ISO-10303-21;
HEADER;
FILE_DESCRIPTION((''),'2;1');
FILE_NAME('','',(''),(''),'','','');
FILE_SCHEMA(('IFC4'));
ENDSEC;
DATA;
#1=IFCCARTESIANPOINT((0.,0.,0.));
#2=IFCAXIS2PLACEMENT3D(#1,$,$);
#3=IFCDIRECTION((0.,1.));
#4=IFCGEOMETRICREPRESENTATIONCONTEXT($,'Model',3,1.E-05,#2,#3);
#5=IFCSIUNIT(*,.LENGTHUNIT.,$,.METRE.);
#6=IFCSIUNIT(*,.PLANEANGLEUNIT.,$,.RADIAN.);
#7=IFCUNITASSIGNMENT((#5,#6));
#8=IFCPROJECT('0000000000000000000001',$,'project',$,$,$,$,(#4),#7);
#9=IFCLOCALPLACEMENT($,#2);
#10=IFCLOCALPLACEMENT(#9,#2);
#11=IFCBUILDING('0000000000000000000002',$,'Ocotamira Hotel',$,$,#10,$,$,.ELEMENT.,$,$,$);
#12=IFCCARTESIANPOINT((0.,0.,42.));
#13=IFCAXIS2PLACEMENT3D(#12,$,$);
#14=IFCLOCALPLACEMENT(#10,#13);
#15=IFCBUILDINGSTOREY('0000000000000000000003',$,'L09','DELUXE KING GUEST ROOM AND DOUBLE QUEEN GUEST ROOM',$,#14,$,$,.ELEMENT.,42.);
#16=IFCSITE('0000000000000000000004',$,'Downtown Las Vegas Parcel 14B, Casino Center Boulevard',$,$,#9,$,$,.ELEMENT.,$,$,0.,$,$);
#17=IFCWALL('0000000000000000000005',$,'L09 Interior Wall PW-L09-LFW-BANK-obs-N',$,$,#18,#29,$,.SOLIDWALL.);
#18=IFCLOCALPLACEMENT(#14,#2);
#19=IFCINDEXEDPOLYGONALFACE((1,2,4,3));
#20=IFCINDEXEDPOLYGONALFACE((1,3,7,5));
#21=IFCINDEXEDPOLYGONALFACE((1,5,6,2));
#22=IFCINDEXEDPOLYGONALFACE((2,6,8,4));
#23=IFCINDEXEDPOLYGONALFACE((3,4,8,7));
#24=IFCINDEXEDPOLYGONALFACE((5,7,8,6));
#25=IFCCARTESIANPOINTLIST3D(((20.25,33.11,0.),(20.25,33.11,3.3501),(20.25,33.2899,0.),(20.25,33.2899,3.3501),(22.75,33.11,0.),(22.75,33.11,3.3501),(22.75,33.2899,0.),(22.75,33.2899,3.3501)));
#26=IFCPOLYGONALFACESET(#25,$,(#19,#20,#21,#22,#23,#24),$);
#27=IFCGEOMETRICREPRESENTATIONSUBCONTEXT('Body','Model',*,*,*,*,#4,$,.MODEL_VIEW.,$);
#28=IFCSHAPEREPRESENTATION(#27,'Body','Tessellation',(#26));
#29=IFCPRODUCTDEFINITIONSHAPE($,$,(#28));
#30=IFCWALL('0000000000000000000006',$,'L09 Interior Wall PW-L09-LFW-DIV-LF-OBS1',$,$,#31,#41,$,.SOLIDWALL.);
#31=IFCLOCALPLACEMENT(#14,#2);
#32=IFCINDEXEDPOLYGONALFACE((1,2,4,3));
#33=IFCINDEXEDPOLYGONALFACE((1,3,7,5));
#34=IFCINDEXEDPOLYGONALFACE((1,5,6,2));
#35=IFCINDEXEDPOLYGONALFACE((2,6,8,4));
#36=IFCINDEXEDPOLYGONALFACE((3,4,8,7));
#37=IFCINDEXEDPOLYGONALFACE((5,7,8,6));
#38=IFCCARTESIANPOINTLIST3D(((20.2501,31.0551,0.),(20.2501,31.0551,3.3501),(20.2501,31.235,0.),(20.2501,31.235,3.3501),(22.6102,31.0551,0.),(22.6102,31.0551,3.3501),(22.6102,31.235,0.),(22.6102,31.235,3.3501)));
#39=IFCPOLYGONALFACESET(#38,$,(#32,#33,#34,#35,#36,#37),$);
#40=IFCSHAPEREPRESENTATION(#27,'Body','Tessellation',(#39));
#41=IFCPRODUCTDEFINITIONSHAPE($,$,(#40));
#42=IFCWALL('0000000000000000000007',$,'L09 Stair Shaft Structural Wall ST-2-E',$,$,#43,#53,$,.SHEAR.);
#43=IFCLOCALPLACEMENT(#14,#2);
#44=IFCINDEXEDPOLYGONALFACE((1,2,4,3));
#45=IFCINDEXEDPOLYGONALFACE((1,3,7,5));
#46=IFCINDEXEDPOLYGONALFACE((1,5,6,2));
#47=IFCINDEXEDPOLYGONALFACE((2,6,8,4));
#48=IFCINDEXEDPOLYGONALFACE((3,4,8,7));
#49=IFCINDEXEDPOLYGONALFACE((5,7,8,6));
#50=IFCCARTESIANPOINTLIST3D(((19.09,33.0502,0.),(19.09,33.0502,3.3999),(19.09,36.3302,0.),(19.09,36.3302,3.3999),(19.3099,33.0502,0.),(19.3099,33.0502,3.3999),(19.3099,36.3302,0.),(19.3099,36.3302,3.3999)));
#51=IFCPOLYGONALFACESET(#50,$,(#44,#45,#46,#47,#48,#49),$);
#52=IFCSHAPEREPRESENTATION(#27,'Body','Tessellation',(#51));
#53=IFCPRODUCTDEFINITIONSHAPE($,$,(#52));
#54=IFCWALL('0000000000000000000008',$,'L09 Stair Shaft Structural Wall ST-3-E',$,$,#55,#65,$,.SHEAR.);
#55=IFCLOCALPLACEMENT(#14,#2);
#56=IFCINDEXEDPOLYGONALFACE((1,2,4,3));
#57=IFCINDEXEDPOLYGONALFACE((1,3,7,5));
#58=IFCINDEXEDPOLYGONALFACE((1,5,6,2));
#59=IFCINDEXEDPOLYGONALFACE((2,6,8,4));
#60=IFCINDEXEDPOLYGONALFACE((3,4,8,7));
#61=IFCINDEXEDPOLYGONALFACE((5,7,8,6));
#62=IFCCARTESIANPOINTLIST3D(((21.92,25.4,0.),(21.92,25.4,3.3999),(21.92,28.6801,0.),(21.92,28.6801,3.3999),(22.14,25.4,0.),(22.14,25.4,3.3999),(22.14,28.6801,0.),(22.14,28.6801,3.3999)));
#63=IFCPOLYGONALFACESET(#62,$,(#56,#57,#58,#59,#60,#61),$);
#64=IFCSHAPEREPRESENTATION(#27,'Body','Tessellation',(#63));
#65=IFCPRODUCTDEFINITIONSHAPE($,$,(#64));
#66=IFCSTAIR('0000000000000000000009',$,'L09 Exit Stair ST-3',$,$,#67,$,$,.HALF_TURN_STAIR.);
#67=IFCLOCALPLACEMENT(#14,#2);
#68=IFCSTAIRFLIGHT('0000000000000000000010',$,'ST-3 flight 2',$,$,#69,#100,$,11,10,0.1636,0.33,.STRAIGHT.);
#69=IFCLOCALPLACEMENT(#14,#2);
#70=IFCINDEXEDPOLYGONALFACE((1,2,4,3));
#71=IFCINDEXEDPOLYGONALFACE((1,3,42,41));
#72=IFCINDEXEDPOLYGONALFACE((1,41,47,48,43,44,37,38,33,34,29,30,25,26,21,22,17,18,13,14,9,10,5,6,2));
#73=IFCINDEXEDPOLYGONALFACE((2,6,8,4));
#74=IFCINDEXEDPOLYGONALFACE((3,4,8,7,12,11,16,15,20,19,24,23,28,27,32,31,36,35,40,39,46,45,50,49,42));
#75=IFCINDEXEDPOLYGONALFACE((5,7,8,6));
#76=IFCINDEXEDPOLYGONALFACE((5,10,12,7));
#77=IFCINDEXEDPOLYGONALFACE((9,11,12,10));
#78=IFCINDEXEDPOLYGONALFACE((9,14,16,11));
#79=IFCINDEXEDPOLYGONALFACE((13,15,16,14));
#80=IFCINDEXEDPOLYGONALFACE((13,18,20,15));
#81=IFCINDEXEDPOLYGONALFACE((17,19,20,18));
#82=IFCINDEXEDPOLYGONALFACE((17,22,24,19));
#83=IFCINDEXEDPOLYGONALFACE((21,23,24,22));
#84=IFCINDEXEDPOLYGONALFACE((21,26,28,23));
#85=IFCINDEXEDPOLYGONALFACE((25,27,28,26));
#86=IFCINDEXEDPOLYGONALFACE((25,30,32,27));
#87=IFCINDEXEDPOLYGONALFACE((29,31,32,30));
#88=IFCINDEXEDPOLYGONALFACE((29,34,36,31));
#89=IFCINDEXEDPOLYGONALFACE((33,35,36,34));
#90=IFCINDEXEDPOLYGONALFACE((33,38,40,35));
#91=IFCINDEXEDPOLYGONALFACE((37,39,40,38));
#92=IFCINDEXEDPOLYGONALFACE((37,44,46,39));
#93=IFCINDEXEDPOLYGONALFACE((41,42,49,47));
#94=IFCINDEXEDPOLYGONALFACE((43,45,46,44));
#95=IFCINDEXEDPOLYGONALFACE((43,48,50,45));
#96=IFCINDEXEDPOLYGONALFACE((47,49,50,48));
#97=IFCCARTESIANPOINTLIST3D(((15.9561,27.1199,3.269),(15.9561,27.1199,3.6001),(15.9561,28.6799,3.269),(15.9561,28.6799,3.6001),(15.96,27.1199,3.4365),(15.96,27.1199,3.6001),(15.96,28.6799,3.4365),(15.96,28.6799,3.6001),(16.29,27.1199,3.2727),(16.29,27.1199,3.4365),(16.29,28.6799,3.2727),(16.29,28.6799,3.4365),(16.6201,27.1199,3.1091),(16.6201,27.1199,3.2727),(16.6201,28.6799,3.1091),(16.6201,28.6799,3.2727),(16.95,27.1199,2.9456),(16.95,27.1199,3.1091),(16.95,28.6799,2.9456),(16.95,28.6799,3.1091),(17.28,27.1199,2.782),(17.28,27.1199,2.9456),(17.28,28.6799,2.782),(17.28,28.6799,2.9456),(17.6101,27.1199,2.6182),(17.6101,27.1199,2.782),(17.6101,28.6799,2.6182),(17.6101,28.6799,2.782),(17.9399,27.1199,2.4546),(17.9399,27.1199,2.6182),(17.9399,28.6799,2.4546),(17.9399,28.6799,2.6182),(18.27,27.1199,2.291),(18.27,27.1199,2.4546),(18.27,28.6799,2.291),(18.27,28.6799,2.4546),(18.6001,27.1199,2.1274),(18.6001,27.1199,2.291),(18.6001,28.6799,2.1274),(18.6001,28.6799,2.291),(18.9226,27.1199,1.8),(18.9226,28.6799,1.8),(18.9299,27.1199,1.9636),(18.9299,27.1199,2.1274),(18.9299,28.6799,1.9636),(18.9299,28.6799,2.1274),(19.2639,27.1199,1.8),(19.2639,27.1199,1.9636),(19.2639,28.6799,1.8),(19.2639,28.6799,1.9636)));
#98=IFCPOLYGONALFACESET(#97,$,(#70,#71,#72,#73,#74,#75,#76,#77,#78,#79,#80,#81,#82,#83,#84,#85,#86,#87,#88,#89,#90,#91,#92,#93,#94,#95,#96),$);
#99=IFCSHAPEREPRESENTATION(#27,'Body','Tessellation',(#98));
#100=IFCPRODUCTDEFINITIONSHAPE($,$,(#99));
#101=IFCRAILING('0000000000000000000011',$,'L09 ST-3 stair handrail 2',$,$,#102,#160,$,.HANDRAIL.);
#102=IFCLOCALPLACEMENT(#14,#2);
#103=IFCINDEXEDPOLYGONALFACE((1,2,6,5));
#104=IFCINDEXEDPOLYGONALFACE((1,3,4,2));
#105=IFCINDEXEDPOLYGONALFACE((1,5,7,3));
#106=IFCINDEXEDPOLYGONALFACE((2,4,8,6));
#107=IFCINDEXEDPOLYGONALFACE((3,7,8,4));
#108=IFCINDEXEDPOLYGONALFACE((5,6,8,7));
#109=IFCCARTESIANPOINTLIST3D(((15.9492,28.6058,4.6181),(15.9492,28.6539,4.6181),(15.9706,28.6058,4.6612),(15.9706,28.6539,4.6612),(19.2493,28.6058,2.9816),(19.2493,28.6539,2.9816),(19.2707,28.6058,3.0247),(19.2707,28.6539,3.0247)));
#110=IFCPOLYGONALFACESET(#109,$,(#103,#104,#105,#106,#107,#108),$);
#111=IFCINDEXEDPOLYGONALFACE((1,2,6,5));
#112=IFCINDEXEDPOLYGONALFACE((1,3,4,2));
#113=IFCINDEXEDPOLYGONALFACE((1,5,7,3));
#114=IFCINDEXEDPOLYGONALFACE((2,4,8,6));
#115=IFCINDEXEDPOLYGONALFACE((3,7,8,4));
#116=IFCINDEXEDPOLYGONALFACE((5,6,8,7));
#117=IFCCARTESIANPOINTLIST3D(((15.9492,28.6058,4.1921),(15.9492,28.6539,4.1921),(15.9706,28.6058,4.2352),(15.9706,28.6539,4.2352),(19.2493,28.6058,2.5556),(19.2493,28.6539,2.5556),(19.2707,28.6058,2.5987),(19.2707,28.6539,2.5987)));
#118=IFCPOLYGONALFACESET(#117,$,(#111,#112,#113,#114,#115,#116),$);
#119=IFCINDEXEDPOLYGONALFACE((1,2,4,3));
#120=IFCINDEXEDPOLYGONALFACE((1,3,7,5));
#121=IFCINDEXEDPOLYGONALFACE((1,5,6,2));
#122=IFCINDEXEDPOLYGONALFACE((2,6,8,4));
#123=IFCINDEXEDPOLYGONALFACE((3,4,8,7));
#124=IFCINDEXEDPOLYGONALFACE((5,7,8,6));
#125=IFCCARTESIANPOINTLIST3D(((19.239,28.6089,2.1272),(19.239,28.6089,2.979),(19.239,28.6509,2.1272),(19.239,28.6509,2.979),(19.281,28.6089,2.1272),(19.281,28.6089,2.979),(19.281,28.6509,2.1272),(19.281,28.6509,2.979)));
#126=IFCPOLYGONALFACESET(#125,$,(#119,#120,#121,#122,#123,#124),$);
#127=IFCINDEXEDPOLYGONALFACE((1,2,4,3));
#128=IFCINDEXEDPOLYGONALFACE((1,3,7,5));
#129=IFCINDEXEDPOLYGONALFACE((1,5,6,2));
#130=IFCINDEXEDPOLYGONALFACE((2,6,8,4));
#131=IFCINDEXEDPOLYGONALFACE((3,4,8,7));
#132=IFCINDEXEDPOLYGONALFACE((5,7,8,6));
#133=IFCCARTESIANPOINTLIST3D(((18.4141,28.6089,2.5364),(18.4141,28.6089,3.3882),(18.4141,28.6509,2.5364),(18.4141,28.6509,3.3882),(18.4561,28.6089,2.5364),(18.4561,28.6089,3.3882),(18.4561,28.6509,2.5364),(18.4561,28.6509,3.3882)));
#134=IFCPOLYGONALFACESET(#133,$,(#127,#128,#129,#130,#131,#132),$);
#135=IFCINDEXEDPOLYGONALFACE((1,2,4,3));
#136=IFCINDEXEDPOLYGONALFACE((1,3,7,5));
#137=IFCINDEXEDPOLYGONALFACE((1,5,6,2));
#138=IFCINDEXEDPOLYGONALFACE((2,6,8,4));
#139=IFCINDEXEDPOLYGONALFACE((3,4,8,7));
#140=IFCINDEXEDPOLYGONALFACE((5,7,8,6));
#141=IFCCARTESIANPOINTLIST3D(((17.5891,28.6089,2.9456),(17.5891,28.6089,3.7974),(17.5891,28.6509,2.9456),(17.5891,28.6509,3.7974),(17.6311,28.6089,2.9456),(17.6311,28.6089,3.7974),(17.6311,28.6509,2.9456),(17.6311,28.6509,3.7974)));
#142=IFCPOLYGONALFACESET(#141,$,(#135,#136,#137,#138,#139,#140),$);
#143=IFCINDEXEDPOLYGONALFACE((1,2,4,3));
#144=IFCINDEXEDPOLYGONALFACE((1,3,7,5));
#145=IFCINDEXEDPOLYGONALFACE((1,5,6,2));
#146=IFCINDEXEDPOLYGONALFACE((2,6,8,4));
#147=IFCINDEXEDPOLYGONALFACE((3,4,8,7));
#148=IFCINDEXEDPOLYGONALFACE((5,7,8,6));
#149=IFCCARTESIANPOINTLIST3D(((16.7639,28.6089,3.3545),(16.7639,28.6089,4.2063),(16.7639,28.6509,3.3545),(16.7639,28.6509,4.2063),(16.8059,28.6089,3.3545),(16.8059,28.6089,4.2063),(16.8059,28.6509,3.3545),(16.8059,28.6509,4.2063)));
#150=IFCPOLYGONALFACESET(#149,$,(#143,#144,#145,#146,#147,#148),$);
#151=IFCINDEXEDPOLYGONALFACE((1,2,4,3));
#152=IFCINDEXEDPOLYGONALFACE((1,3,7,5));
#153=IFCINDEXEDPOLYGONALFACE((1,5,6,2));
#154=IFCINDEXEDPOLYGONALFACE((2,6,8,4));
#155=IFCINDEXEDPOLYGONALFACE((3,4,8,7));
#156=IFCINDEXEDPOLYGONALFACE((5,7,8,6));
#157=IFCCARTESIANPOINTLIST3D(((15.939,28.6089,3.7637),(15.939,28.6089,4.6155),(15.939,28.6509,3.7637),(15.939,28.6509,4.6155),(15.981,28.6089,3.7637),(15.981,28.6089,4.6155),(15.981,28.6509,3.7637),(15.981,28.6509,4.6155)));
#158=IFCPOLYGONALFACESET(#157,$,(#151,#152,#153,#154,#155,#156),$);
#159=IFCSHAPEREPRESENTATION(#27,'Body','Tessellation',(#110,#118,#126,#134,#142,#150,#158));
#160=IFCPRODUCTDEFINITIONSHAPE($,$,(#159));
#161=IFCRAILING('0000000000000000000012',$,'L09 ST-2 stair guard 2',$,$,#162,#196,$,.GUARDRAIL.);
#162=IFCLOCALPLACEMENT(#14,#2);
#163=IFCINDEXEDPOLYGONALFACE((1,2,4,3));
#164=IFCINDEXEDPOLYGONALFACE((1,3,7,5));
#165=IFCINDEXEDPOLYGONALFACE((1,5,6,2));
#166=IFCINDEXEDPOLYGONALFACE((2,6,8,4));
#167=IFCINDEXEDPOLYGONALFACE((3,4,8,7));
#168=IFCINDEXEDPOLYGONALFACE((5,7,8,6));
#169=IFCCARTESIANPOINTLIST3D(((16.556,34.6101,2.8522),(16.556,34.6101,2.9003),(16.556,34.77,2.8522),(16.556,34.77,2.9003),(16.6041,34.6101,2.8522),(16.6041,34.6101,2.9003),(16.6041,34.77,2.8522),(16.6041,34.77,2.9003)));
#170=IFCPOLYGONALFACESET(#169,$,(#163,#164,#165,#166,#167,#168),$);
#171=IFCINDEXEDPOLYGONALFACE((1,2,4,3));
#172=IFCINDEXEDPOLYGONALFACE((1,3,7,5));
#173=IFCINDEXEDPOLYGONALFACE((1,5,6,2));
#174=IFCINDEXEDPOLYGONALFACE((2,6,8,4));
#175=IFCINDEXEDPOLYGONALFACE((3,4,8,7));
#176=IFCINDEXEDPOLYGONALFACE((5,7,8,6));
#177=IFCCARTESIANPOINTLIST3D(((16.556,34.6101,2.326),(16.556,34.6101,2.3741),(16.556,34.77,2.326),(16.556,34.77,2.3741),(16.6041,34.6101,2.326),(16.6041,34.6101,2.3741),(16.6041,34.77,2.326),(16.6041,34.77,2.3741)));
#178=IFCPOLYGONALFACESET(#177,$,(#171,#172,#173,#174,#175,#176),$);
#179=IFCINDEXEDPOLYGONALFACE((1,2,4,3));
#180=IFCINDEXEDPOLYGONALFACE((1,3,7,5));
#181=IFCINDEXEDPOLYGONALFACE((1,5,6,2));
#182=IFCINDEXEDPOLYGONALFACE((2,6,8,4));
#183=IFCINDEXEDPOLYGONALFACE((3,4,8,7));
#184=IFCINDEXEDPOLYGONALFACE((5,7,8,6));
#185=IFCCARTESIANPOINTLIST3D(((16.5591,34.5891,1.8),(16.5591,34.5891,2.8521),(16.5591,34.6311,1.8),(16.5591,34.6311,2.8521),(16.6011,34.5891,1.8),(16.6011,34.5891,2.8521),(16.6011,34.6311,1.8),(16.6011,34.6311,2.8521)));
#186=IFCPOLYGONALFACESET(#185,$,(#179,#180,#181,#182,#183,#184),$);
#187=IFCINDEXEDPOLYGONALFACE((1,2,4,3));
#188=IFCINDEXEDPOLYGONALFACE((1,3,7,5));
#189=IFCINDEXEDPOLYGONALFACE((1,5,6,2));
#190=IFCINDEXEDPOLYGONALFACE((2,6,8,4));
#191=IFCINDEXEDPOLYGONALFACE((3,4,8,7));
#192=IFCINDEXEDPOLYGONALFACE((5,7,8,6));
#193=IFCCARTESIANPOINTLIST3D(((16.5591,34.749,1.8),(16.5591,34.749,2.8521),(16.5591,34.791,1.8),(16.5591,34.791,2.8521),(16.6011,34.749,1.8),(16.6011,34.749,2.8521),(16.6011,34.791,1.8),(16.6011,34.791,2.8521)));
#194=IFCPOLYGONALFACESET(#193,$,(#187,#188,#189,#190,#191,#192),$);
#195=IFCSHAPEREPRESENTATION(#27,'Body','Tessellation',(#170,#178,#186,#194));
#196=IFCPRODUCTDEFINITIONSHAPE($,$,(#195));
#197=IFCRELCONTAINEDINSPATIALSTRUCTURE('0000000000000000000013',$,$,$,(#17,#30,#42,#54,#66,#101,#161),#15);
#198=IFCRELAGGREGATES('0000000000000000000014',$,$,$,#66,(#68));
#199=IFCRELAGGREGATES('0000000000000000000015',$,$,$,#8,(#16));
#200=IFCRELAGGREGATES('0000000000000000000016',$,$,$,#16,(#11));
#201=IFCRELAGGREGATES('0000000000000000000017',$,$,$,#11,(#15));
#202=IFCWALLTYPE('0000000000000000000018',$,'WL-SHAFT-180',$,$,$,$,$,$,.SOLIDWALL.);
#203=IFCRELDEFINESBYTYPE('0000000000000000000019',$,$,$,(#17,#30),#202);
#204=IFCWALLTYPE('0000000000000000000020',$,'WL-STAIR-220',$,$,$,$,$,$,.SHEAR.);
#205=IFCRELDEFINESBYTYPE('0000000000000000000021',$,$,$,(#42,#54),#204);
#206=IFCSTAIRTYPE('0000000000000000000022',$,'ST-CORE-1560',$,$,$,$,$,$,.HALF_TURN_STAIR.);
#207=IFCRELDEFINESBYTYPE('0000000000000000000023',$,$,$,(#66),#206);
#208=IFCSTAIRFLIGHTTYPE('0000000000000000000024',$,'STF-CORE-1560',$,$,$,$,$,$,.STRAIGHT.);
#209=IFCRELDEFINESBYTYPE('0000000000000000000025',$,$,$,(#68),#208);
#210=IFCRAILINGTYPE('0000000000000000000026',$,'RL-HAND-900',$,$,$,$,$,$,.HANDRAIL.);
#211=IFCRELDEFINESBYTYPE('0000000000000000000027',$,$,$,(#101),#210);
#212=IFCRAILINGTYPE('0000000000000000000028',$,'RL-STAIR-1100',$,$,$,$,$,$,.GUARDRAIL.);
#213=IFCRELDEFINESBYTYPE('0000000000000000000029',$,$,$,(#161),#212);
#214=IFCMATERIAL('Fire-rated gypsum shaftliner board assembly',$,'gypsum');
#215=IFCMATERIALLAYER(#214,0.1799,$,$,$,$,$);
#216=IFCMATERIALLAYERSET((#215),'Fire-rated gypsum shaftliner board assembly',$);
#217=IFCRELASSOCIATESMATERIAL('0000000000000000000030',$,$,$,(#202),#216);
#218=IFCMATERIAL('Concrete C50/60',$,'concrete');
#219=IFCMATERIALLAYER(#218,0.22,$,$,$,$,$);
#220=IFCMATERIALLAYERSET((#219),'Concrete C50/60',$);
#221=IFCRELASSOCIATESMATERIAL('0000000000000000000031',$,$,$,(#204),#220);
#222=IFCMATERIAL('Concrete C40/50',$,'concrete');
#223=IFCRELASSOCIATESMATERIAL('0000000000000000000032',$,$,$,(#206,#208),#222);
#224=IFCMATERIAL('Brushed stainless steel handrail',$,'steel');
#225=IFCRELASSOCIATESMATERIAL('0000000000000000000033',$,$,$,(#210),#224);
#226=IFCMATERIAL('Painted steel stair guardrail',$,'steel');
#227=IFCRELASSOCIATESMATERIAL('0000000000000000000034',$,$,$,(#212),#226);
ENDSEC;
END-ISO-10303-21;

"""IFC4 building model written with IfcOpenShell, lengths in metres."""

from ifc_helpers import new_model, si_unit, direction, frame, frame_2d, origin, origin_2d, place, context, subcontext, project, spatial, polyline, rectangle, outline, extrude, source, transform, mapped, material, layer, layer_set, type_object, element, aggregate, save


model = new_model("IFC4")

# Units and contexts
model_context = context("Model", 3, precision=1e-05, world=origin(), true_north=direction((0.0, 1.0)))
body_context = subcontext(model_context, "Body", "Model", "MODEL_VIEW")
ifc_project = project(units=[si_unit("LENGTHUNIT", "METRE"), si_unit("PLANEANGLEUNIT", "RADIAN")], contexts=[model_context])

# Site, building, storey
site_placement = place(None, origin())
site = spatial("IfcSite", under=ifc_project, at=site_placement, Name="Downtown Las Vegas Parcel 14B, Casino Center Boulevard", CompositionType="ELEMENT", RefElevation=0.0)
building_placement = place(site_placement, origin())
building = spatial("IfcBuilding", under=site, at=building_placement, Name="Ocotamira Hotel", CompositionType="ELEMENT")
storey_placement = place(building_placement, frame((0.0, 0.0, 42.0)))
storey = spatial("IfcBuildingStorey", under=building, at=storey_placement, Name="L09", Description="DELUXE KING GUEST ROOM AND DOUBLE QUEEN GUEST ROOM", CompositionType="ELEMENT", Elevation=42.0)

# Walls
ifc_material_1 = material(Name="Fire-rated gypsum shaftliner board assembly", Category="gypsum")
ifc_layer_1 = layer(ifc_material_1, 0.1799)
ifc_layer_set_1 = layer_set([ifc_layer_1], Name="Fire-rated gypsum shaftliner board assembly")
wall_type_1 = type_object("IfcWallType", Name="WL-SHAFT-180", PredefinedType="SOLIDWALL", material=ifc_layer_set_1)
wall_1_placement = place(storey_placement, frame((20.25, 33.2, 0.0), z_axis=(0.0, 0.0, 1.0), x_axis=(1.0, 0.0, 0.0)))
element("IfcWall", 1, at=wall_1_placement, inside=storey, type_object=wall_type_1, Name="L09 Interior Wall PW-L09-LFW-BANK-obs-N", PredefinedType="SOLIDWALL", context=body_context, shape_type="SweptSolid", body=[
    extrude(rectangle(XDim=2.5, YDim=0.1799, at=frame_2d((1.25, 0.0))), origin(), (0.0, 0.0, 1.0), 3.3501),
])
wall_2_placement = place(storey_placement, frame((20.25, 31.145, 0.0), z_axis=(0.0, 0.0, 1.0), x_axis=(1.0, 0.0, 0.0)))
element("IfcWall", 2, at=wall_2_placement, inside=storey, type_object=wall_type_1, Name="L09 Interior Wall PW-L09-LFW-DIV-LF-OBS1", PredefinedType="SOLIDWALL", context=body_context, shape_type="SweptSolid", body=[
    extrude(rectangle(XDim=2.3601, YDim=0.1799, at=frame_2d((1.1802, 0.0))), origin(), (0.0, 0.0, 1.0), 3.3501),
])
ifc_material_2 = material(Name="Concrete C50/60", Category="concrete")
ifc_layer_2 = layer(ifc_material_2, 0.22)
ifc_layer_set_2 = layer_set([ifc_layer_2], Name="Concrete C50/60")
wall_type_2 = type_object("IfcWallType", Name="WL-STAIR-220", PredefinedType="SHEAR", material=ifc_layer_set_2)
for number, where, z_axis, x_axis, name in (
    (3, (19.2, 33.05, 0.0), (0.0, 0.0, 1.0), (0.0, 1.0, 0.0), "L09 Stair Shaft Structural Wall ST-2-E"),
    (4, (22.03, 25.3999, 0.0), (0.0, 0.0, 1.0), (0.0, 1.0, 0.0), "L09 Stair Shaft Structural Wall ST-3-E"),
):
    element("IfcWall", number, at=place(storey_placement, frame(where, z_axis=z_axis, x_axis=x_axis)), inside=storey, type_object=wall_type_2, Name=name, PredefinedType="SHEAR", context=body_context, shape_type="SweptSolid", body=[
        extrude(rectangle(XDim=3.28, YDim=0.22, at=frame_2d((1.6401, 0.0))), origin(), (0.0, 0.0, 1.0), 3.3999),
    ])

# Stair, stair flight
ifc_material_3 = material(Name="Concrete C40/50", Category="concrete")
stair_type = type_object("IfcStairType", Name="ST-CORE-1560", PredefinedType="HALF_TURN_STAIR", material=ifc_material_3)
stair_placement = place(storey_placement, origin())
stair = element("IfcStair", 5, at=stair_placement, inside=storey, type_object=stair_type, Name="L09 Exit Stair ST-3", PredefinedType="HALF_TURN_STAIR")
stair_flight_type = type_object("IfcStairFlightType", Name="STF-CORE-1560", PredefinedType="STRAIGHT", material=ifc_material_3)
shared_shape_1 = source(origin(), body_context, "Body", "SweptSolid", [
    extrude(outline(polyline([(-0.0039, 0.0), (-0.0039, 0.1636), (0.3301, 0.1636), (0.3301, 0.3274), (0.6599, 0.3274), (0.6599, 0.491), (0.99, 0.491), (0.99, 0.6545), (1.3201, 0.6545), (1.3201, 0.8181), (1.6499, 0.8181), (1.6499, 0.9819), (1.98, 0.9819), (1.98, 1.1455), (2.3101, 1.1455), (2.3101, 1.3091), (2.6399, 1.3091), (2.6399, 1.4727), (2.97, 1.4727), (2.97, 1.6365), (3.3, 1.6365), (3.3, 1.8), (3.304, 1.8), (3.304, 1.469), (0.3374, 0.0), (-0.0039, 0.0)])), frame((0.0, 0.78, 0.0), z_axis=(0.0, -1.0, 0.0), x_axis=(1.0, 0.0, 0.0)), (0.0, 0.0, 1.0), 1.5601),
])
stair_flight_placement = place(storey_placement, frame((19.26, 27.8999, 1.8), z_axis=(0.0, 0.0, 1.0), x_axis=(-1.0, 0.0, 0.0)))
stair_flight = element("IfcStairFlight", 6, at=stair_flight_placement, type_object=stair_flight_type, Name="ST-3 flight 2", NumberOfRisers=11, NumberOfTreads=10, PredefinedType="STRAIGHT", RiserHeight=0.1636, TreadLength=0.33, context=body_context, shape_type="MappedRepresentation", body=[
    mapped(shared_shape_1, transform((0.0, 0.0, 0.0), scale=1.0)),
])
aggregate(stair, [stair_flight])

# Railings
ifc_material_4 = material(Name="Brushed stainless steel handrail", Category="steel")
railing_type_1 = type_object("IfcRailingType", Name="RL-HAND-900", PredefinedType="HANDRAIL", material=ifc_material_4)
railing_1_placement = place(storey_placement, frame((19.26, 28.6299, 2.1272)))
element("IfcRailing", 7, at=railing_1_placement, inside=storey, type_object=railing_type_1, Name="L09 ST-3 stair handrail 2", PredefinedType="HANDRAIL", context=body_context, shape_type="SweptSolid", body=[
    extrude(rectangle(XDim=0.0481, YDim=0.0481, at=origin_2d()), frame((0.0, 0.0, 0.876), z_axis=(-0.895894, 0.0, 0.444268), x_axis=(0.0, -1.0, 0.0)), (0.0, 0.0, 1.0), 3.6836),
    extrude(rectangle(XDim=0.0481, YDim=0.0481, at=origin_2d()), frame((0.0, 0.0, 0.45), z_axis=(-0.895894, 0.0, 0.444268), x_axis=(0.0, -1.0, 0.0)), (0.0, 0.0, 1.0), 3.6836),
    extrude(rectangle(XDim=0.042, YDim=0.042, at=origin_2d()), origin(), (0.0, 0.0, 1.0), 0.8518),
    extrude(rectangle(XDim=0.042, YDim=0.042, at=origin_2d()), frame((-0.825, 0.0, 0.4092)), (0.0, 0.0, 1.0), 0.8518),
    extrude(rectangle(XDim=0.042, YDim=0.042, at=origin_2d()), frame((-1.6499, 0.0, 0.8184)), (0.0, 0.0, 1.0), 0.8518),
    extrude(rectangle(XDim=0.042, YDim=0.042, at=origin_2d()), frame((-2.4751, 0.0, 1.2273)), (0.0, 0.0, 1.0), 0.8518),
    extrude(rectangle(XDim=0.042, YDim=0.042, at=origin_2d()), frame((-3.3, 0.0, 1.6365)), (0.0, 0.0, 1.0), 0.8518),
])
ifc_material_5 = material(Name="Painted steel stair guardrail", Category="steel")
railing_type_2 = type_object("IfcRailingType", Name="RL-STAIR-1100", PredefinedType="GUARDRAIL", material=ifc_material_5)
railing_2_placement = place(storey_placement, frame((16.5801, 34.6101, 1.8)))
element("IfcRailing", 8, at=railing_2_placement, inside=storey, type_object=railing_type_2, Name="L09 ST-2 stair guard 2", PredefinedType="GUARDRAIL", context=body_context, shape_type="SweptSolid", body=[
    extrude(rectangle(XDim=0.0481, YDim=0.0481, at=origin_2d()), frame((0.0, 0.0, 1.0762), z_axis=(0.0, 1.0, 0.0), x_axis=(-1.0, 0.0, 0.0)), (0.0, 0.0, 1.0), 0.1599),
    extrude(rectangle(XDim=0.0481, YDim=0.0481, at=origin_2d()), frame((0.0, 0.0, 0.55), z_axis=(0.0, 1.0, 0.0), x_axis=(-1.0, 0.0, 0.0)), (0.0, 0.0, 1.0), 0.1599),
    extrude(rectangle(XDim=0.042, YDim=0.042, at=origin_2d()), origin(), (0.0, 0.0, 1.0), 1.052),
    extrude(rectangle(XDim=0.042, YDim=0.042, at=origin_2d()), frame((0.0, 0.1599, 0.0)), (0.0, 0.0, 1.0), 1.052),
])

save(model, "model.ifc")
